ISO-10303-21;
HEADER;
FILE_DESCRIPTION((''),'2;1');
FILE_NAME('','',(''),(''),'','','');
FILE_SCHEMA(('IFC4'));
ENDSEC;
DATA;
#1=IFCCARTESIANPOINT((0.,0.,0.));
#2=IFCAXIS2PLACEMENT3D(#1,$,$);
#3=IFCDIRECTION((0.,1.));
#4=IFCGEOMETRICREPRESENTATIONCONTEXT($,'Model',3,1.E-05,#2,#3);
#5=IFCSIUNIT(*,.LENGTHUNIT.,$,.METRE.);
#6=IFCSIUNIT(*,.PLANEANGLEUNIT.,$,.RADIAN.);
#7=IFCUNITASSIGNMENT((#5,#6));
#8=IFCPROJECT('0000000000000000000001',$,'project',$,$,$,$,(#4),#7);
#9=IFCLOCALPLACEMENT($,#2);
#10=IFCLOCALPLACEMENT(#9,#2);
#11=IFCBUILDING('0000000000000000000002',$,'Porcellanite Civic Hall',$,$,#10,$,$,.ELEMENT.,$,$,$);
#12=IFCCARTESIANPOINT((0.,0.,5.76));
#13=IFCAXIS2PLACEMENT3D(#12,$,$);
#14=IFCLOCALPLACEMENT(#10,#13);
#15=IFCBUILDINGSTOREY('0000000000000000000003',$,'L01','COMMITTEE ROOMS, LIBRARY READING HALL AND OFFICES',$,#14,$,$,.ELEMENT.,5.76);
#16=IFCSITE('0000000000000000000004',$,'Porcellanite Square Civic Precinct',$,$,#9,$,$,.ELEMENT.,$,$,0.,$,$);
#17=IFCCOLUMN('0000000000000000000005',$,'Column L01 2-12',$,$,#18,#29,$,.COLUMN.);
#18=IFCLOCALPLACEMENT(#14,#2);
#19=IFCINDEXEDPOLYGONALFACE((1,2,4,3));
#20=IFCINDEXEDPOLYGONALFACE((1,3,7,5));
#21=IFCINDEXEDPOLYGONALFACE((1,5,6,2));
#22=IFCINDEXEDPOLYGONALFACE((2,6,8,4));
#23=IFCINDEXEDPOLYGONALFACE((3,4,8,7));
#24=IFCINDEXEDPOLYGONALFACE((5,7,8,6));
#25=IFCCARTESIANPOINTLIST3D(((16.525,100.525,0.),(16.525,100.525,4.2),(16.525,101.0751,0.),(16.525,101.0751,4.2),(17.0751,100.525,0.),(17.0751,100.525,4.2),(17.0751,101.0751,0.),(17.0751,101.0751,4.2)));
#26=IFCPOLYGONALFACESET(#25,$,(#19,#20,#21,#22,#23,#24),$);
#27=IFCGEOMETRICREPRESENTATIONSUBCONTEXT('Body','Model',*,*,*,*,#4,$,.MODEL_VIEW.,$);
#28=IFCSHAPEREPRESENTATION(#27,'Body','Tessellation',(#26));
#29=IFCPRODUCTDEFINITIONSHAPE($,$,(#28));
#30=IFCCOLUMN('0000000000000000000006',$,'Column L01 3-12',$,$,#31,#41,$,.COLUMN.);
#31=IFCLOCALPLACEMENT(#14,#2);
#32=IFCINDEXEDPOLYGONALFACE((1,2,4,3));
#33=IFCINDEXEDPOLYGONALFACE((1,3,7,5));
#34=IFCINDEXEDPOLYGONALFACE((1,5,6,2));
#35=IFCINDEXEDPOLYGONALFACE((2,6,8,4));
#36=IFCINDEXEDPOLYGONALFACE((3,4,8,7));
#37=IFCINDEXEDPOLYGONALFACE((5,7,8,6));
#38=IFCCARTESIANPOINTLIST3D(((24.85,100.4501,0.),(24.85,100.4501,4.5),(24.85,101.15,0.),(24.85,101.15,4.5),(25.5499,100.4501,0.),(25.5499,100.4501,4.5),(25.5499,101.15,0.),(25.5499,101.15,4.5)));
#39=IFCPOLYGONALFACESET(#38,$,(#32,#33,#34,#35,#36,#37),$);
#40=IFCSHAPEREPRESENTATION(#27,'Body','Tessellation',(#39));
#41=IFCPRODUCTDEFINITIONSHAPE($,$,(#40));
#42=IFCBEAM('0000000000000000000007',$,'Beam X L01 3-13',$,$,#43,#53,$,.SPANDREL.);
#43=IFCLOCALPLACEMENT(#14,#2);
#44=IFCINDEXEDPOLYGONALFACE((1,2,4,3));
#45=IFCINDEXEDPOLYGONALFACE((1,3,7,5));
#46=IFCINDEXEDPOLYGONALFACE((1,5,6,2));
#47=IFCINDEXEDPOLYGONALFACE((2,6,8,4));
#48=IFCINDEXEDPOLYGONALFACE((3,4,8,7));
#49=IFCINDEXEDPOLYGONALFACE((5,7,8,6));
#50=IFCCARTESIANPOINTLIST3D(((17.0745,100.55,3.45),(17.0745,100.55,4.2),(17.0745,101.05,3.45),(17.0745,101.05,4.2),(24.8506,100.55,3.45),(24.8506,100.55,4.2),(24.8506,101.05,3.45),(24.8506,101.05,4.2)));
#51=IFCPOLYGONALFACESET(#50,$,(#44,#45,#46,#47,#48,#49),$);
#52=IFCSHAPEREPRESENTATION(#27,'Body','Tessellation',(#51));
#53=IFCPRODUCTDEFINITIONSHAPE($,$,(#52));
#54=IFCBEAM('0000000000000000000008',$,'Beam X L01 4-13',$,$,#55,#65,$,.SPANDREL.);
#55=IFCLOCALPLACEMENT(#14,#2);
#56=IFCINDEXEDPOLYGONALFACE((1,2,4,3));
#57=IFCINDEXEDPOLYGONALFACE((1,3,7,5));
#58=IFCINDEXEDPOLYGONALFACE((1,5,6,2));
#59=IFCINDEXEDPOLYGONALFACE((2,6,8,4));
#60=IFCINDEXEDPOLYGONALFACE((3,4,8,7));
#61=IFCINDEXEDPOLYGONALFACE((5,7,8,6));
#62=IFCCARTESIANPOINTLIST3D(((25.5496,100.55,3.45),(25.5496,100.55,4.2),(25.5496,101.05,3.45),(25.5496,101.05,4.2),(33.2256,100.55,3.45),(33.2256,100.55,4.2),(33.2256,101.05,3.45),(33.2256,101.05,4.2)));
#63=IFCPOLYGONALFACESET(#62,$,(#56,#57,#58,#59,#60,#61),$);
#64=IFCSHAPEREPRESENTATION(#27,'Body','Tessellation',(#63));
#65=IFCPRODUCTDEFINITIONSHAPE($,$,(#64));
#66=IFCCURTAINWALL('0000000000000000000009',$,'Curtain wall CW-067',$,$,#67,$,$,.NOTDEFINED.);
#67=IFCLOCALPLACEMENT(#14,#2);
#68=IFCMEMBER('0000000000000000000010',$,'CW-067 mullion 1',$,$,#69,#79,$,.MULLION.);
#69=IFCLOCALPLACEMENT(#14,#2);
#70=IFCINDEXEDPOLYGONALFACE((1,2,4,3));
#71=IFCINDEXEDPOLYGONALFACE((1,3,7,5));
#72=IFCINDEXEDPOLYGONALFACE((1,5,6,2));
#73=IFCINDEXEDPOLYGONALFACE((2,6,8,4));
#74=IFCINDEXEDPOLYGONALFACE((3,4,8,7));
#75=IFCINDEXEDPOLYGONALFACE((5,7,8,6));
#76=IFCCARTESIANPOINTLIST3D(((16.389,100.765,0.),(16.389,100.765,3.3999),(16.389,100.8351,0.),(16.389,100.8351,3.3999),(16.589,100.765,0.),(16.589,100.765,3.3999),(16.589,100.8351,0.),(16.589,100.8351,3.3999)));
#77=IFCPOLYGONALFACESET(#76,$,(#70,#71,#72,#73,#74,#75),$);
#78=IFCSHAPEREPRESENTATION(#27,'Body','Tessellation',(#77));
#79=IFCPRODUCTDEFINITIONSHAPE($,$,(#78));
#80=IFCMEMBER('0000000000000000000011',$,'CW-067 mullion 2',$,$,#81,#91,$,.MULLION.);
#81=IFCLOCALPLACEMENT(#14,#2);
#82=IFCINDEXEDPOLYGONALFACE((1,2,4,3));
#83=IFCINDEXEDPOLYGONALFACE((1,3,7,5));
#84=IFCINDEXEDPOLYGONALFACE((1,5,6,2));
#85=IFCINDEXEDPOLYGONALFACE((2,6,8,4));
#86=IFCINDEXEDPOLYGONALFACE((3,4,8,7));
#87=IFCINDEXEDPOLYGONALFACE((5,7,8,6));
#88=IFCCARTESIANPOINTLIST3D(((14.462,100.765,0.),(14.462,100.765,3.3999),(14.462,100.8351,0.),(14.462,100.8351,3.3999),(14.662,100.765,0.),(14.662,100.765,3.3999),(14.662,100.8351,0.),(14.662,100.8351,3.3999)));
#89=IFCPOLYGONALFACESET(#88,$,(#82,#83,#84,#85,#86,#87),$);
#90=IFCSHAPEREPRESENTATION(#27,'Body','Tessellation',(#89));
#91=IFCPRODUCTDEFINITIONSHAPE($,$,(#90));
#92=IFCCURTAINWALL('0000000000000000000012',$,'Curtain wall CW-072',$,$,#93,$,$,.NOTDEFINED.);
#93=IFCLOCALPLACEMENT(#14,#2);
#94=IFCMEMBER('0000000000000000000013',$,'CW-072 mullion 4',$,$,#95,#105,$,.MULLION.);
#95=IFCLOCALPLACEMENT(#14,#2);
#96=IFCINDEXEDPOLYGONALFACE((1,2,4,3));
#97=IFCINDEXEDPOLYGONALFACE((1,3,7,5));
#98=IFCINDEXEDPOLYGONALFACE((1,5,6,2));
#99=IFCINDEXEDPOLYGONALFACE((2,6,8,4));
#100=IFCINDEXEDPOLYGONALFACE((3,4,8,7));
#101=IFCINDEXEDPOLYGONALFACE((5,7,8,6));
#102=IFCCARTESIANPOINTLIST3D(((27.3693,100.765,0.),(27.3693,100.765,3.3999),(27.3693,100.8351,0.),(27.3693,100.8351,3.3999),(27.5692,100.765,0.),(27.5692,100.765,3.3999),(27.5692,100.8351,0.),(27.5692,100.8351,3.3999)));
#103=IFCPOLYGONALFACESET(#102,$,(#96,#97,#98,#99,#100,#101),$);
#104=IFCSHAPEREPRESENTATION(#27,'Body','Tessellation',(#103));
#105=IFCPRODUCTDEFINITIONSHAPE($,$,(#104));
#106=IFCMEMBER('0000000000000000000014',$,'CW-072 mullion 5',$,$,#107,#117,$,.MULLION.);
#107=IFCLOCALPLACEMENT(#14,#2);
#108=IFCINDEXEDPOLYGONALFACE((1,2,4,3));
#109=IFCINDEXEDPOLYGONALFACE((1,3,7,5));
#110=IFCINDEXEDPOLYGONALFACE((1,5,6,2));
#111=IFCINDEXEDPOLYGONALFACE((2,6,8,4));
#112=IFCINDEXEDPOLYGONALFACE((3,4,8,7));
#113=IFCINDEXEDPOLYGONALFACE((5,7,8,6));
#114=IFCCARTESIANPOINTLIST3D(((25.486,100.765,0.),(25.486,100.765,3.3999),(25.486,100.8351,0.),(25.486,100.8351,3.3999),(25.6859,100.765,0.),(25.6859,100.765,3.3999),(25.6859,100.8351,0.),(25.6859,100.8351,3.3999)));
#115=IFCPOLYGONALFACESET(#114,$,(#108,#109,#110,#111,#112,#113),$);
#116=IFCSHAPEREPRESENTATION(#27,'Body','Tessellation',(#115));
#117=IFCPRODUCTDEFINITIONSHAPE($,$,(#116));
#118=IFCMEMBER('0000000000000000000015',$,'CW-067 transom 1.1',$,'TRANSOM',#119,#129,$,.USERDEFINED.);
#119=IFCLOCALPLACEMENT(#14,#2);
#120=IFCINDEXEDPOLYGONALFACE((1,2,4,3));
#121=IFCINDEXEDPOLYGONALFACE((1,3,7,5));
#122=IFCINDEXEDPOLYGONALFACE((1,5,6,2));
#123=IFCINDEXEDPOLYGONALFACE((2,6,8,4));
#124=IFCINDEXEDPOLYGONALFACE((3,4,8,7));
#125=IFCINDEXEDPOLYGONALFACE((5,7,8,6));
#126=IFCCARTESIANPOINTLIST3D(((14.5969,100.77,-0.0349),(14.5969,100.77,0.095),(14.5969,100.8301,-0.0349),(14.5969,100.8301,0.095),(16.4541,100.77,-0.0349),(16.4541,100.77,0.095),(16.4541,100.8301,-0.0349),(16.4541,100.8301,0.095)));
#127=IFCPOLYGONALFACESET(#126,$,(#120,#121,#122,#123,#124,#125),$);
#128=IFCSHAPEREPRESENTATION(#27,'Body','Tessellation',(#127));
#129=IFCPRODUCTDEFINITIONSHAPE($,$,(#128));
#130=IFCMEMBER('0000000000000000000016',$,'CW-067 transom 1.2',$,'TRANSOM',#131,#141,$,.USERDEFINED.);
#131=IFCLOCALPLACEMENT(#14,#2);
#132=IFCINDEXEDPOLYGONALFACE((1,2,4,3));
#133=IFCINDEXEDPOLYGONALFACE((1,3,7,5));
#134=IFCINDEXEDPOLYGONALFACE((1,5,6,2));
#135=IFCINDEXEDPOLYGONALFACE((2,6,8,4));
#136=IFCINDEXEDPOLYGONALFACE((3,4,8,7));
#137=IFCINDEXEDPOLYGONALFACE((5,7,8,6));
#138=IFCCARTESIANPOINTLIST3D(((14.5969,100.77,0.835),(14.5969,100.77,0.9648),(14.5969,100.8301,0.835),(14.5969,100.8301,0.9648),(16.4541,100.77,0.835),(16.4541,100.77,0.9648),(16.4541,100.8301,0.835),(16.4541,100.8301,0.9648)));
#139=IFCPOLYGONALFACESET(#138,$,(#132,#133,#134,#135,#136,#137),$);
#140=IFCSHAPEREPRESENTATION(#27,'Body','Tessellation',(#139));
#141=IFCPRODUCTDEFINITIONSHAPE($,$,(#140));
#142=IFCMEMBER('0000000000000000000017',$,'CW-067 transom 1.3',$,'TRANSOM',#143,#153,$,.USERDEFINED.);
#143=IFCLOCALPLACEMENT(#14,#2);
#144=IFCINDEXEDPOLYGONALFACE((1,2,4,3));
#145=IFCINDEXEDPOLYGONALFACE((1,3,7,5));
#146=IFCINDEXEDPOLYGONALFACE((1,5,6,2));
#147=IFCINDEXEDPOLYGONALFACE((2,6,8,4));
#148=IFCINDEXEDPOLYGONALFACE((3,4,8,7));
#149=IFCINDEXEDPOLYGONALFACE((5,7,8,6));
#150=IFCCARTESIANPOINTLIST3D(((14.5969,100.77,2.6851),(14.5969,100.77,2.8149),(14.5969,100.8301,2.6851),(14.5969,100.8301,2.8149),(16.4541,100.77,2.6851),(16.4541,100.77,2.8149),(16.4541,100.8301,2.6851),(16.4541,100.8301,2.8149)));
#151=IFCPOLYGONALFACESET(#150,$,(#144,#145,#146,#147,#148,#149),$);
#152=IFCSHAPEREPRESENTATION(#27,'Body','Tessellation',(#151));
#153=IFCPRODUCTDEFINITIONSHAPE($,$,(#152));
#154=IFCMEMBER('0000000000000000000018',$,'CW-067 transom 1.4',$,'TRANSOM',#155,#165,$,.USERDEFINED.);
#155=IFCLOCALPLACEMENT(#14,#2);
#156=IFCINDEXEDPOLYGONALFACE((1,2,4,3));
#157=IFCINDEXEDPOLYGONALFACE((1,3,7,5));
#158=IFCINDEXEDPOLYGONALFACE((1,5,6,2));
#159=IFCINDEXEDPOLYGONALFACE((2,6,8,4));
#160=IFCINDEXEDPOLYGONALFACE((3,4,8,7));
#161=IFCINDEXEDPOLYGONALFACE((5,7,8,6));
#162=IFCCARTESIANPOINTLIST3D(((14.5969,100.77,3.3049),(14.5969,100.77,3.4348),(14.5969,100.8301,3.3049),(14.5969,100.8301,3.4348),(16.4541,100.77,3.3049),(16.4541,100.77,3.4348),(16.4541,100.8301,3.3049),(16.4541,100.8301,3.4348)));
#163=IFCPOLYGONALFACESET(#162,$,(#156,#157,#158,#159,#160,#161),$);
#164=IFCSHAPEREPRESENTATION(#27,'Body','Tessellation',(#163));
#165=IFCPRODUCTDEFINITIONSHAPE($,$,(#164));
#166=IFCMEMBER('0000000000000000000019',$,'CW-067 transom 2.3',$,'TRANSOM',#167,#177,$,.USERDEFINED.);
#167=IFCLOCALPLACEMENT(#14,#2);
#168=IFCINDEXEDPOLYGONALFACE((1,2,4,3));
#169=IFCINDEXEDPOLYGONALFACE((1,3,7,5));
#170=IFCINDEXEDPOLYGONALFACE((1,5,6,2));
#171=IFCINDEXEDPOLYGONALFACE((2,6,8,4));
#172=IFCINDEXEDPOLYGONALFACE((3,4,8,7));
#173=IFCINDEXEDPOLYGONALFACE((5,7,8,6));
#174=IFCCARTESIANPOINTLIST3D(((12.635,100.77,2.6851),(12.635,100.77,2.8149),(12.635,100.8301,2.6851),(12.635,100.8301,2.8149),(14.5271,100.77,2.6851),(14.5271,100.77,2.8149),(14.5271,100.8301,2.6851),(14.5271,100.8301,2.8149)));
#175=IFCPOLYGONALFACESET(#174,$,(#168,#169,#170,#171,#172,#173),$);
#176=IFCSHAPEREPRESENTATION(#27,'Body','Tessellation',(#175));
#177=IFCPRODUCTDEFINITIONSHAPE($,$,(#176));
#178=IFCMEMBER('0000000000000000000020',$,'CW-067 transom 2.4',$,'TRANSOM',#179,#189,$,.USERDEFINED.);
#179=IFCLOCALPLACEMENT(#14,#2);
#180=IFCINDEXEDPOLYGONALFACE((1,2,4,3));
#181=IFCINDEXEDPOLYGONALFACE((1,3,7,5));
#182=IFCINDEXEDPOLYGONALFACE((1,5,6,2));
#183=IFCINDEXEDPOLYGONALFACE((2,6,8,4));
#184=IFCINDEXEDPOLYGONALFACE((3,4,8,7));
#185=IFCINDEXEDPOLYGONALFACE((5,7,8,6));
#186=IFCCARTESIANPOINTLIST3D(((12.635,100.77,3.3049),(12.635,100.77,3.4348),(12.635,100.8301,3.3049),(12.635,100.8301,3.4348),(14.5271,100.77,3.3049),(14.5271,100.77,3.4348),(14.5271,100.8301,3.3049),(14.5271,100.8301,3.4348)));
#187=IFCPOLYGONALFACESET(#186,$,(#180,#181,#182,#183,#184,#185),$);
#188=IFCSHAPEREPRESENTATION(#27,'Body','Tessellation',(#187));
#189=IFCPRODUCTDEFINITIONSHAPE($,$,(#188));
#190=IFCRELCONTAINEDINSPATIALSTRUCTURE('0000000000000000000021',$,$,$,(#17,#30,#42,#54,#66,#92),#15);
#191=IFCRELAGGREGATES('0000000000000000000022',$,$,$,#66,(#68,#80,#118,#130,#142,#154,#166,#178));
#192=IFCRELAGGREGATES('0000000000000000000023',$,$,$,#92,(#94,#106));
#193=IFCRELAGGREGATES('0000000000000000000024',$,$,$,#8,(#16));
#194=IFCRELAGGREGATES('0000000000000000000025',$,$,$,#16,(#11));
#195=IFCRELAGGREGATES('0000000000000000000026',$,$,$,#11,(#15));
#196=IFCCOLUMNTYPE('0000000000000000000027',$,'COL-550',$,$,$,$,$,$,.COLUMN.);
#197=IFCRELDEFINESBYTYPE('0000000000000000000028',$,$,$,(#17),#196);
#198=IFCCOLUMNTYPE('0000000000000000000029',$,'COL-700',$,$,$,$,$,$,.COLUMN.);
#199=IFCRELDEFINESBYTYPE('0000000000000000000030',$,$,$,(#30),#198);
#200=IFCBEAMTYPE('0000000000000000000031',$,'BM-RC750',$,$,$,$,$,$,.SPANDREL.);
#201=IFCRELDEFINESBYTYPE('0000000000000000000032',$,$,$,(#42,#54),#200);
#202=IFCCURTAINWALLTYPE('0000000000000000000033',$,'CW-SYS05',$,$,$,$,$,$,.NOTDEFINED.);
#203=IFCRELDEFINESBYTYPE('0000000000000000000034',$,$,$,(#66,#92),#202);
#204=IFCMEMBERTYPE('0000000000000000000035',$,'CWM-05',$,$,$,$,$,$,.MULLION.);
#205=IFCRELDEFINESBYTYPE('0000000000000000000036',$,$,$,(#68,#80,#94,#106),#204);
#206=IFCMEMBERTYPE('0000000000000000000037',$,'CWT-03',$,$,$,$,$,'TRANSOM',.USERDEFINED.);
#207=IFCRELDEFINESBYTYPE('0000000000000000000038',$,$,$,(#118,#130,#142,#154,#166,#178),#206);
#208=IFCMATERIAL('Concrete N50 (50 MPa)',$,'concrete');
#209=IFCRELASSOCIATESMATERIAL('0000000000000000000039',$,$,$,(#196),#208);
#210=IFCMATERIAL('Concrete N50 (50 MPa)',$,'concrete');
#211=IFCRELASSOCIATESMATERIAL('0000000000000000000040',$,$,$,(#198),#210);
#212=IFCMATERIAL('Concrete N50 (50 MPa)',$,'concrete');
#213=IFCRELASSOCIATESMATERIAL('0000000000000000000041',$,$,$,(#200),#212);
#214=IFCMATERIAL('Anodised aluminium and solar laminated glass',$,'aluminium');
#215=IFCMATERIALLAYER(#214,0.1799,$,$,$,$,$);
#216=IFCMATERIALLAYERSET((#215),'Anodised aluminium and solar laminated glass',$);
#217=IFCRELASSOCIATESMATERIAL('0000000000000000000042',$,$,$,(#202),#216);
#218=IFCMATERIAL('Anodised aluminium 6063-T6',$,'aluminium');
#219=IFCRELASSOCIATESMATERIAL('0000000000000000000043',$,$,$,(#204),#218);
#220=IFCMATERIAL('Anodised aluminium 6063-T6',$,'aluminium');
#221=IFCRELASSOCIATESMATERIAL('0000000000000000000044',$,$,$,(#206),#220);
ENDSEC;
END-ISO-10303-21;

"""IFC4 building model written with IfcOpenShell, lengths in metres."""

from ifc_helpers import new_model, si_unit, direction, frame, origin, origin_2d, place, context, subcontext, project, spatial, rectangle, extrude, material, layer, layer_set, material_profile, profile_set, type_object, element, aggregate, save


model = new_model("IFC4")

# Units and contexts
model_context = context("Model", 3, precision=1e-05, world=origin(), true_north=direction((0.0, 1.0)))
body_context = subcontext(model_context, "Body", "Model", "MODEL_VIEW")
ifc_project = project(units=[si_unit("LENGTHUNIT", "METRE"), si_unit("PLANEANGLEUNIT", "RADIAN")], contexts=[model_context])

# Site, building, storey
site_placement = place(None, origin())
site = spatial("IfcSite", under=ifc_project, at=site_placement, Name="Porcellanite Square Civic Precinct", CompositionType="ELEMENT", RefElevation=0.0)
building_placement = place(site_placement, origin())
building = spatial("IfcBuilding", under=site, at=building_placement, Name="Porcellanite Civic Hall", CompositionType="ELEMENT")
storey_placement = place(building_placement, frame((0.0, 0.0, 5.76)))
storey = spatial("IfcBuildingStorey", under=building, at=storey_placement, Name="L01", Description="COMMITTEE ROOMS, LIBRARY READING HALL AND OFFICES", CompositionType="ELEMENT", Elevation=5.76)

# Columns
ifc_material_1 = material(Name="Concrete N50 (50 MPa)", Category="concrete")
ifc_material_profile_1 = material_profile(ifc_material_1, rectangle(XDim=0.55, YDim=0.55, at=origin_2d()), Name="RC-550x550")
ifc_profile_set_1 = profile_set([ifc_material_profile_1], Name="Concrete N50 (50 MPa)")
column_type_1 = type_object("IfcColumnType", Name="COL-550", PredefinedType="COLUMN", material=ifc_profile_set_1)
column_1_placement = place(storey_placement, frame((16.8, 100.8, 0.0), z_axis=(0.0, 0.0, 1.0), x_axis=(1.0, 0.0, 0.0)))
element("IfcColumn", 1, at=column_1_placement, inside=storey, type_object=column_type_1, Name="Column L01 2-12", PredefinedType="COLUMN", context=body_context, shape_type="SweptSolid", body=[
    extrude(rectangle(XDim=0.55, YDim=0.55, at=origin_2d()), origin(), (0.0, 0.0, 1.0), 4.2),
])
ifc_material_2 = material(Name="Concrete N50 (50 MPa)", Category="concrete")
ifc_material_profile_2 = material_profile(ifc_material_2, rectangle(XDim=0.7, YDim=0.7, at=origin_2d()), Name="RC-700x700")
ifc_profile_set_2 = profile_set([ifc_material_profile_2], Name="Concrete N50 (50 MPa)")
column_type_2 = type_object("IfcColumnType", Name="COL-700", PredefinedType="COLUMN", material=ifc_profile_set_2)
column_2_placement = place(storey_placement, frame((25.2, 100.8, 0.0), z_axis=(0.0, 0.0, 1.0), x_axis=(1.0, 0.0, 0.0)))
element("IfcColumn", 2, at=column_2_placement, inside=storey, type_object=column_type_2, Name="Column L01 3-12", PredefinedType="COLUMN", context=body_context, shape_type="SweptSolid", body=[
    extrude(rectangle(XDim=0.7, YDim=0.7, at=origin_2d()), origin(), (0.0, 0.0, 1.0), 4.5),
])

# Beams
ifc_material_3 = material(Name="Concrete N50 (50 MPa)", Category="concrete")
ifc_material_profile_3 = material_profile(ifc_material_3, rectangle(XDim=0.5, YDim=0.75, at=origin_2d()), Name="RC-500x750")
ifc_profile_set_3 = profile_set([ifc_material_profile_3], Name="Concrete N50 (50 MPa)")
beam_type = type_object("IfcBeamType", Name="BM-RC750", PredefinedType="SPANDREL", material=ifc_profile_set_3)
beam_1_placement = place(storey_placement, frame((17.0745, 100.8, 3.825), z_axis=(1.0, 0.0, 0.0), x_axis=(0.0, 1.0, 0.0)))
element("IfcBeam", 3, at=beam_1_placement, inside=storey, type_object=beam_type, Name="Beam X L01 3-13", PredefinedType="SPANDREL", context=body_context, shape_type="SweptSolid", body=[
    extrude(rectangle(XDim=0.5, YDim=0.75, at=origin_2d()), origin(), (0.0, 0.0, 1.0), 7.7761),
])
beam_2_placement = place(storey_placement, frame((25.5496, 100.8, 3.825), z_axis=(1.0, 0.0, 0.0), x_axis=(0.0, 1.0, 0.0)))
element("IfcBeam", 4, at=beam_2_placement, inside=storey, type_object=beam_type, Name="Beam X L01 4-13", PredefinedType="SPANDREL", context=body_context, shape_type="SweptSolid", body=[
    extrude(rectangle(XDim=0.5, YDim=0.75, at=origin_2d()), origin(), (0.0, 0.0, 1.0), 7.676),
])

# Curtain walls, members
ifc_material_4 = material(Name="Anodised aluminium and solar laminated glass", Category="aluminium")
ifc_layer_1 = layer(ifc_material_4, 0.1799)
ifc_layer_set_1 = layer_set([ifc_layer_1], Name="Anodised aluminium and solar laminated glass")
curtain_wall_type = type_object("IfcCurtainWallType", Name="CW-SYS05", PredefinedType="NOTDEFINED", material=ifc_layer_set_1)
curtain_wall_1_placement = place(storey_placement, origin())
curtain_wall_1 = element("IfcCurtainWall", 5, at=curtain_wall_1_placement, inside=storey, type_object=curtain_wall_type, Name="Curtain wall CW-067", PredefinedType="NOTDEFINED")
ifc_material_5 = material(Name="Anodised aluminium 6063-T6", Category="aluminium")
ifc_material_profile_4 = material_profile(ifc_material_5, rectangle(XDim=0.0701, YDim=0.2, at=origin_2d()), Name="AL-70x200")
ifc_profile_set_4 = profile_set([ifc_material_profile_4], Name="Anodised aluminium 6063-T6")
member_type_1 = type_object("IfcMemberType", Name="CWM-05", PredefinedType="MULLION", material=ifc_profile_set_4)
member_1_placement = place(storey_placement, frame((16.489, 100.8, 0.0), z_axis=(0.0, 0.0, 1.0), x_axis=(0.0, -1.0, 0.0)))
member_1 = element("IfcMember", 6, at=member_1_placement, type_object=member_type_1, Name="CW-067 mullion 1", PredefinedType="MULLION", context=body_context, shape_type="SweptSolid", body=[
    extrude(rectangle(XDim=0.0701, YDim=0.2, at=origin_2d()), origin(), (0.0, 0.0, 1.0), 3.3999),
])
member_2_placement = place(storey_placement, frame((14.562, 100.8, 0.0), z_axis=(0.0, 0.0, 1.0), x_axis=(0.0, -1.0, 0.0)))
member_2 = element("IfcMember", 7, at=member_2_placement, type_object=member_type_1, Name="CW-067 mullion 2", PredefinedType="MULLION", context=body_context, shape_type="SweptSolid", body=[
    extrude(rectangle(XDim=0.0701, YDim=0.2, at=origin_2d()), origin(), (0.0, 0.0, 1.0), 3.3999),
])
curtain_wall_2_placement = place(storey_placement, origin())
curtain_wall_2 = element("IfcCurtainWall", 8, at=curtain_wall_2_placement, inside=storey, type_object=curtain_wall_type, Name="Curtain wall CW-072", PredefinedType="NOTDEFINED")
member_3_placement = place(storey_placement, frame((27.4692, 100.8, 0.0), z_axis=(0.0, 0.0, 1.0), x_axis=(0.0, -1.0, 0.0)))
member_3 = element("IfcMember", 9, at=member_3_placement, type_object=member_type_1, Name="CW-072 mullion 4", PredefinedType="MULLION", context=body_context, shape_type="SweptSolid", body=[
    extrude(rectangle(XDim=0.0701, YDim=0.2, at=origin_2d()), origin(), (0.0, 0.0, 1.0), 3.3999),
])
member_4_placement = place(storey_placement, frame((25.5859, 100.8, 0.0), z_axis=(0.0, 0.0, 1.0), x_axis=(0.0, -1.0, 0.0)))
member_4 = element("IfcMember", 10, at=member_4_placement, type_object=member_type_1, Name="CW-072 mullion 5", PredefinedType="MULLION", context=body_context, shape_type="SweptSolid", body=[
    extrude(rectangle(XDim=0.0701, YDim=0.2, at=origin_2d()), origin(), (0.0, 0.0, 1.0), 3.3999),
])

# Members
ifc_material_6 = material(Name="Anodised aluminium 6063-T6", Category="aluminium")
ifc_material_profile_5 = material_profile(ifc_material_6, rectangle(XDim=0.0601, YDim=0.1299, at=origin_2d()), Name="AL-60x130")
ifc_profile_set_5 = profile_set([ifc_material_profile_5], Name="Anodised aluminium 6063-T6")
member_type_2 = type_object("IfcMemberType", Name="CWT-03", ElementType="TRANSOM", PredefinedType="USERDEFINED", material=ifc_profile_set_5)
member_5_placement = place(storey_placement, frame((16.4541, 100.8, 0.03), z_axis=(-1.0, 0.0, 0.0), x_axis=(0.0, -1.0, 0.0)))
member_5 = element("IfcMember", 11, at=member_5_placement, type_object=member_type_2, Name="CW-067 transom 1.1", ObjectType="TRANSOM", PredefinedType="USERDEFINED", context=body_context, shape_type="SweptSolid", body=[
    extrude(rectangle(XDim=0.0601, YDim=0.1299, at=origin_2d()), origin(), (0.0, 0.0, 1.0), 1.8572),
])
member_6_placement = place(storey_placement, frame((16.4541, 100.8, 0.8999), z_axis=(-1.0, 0.0, 0.0), x_axis=(0.0, -1.0, 0.0)))
member_6 = element("IfcMember", 12, at=member_6_placement, type_object=member_type_2, Name="CW-067 transom 1.2", ObjectType="TRANSOM", PredefinedType="USERDEFINED", context=body_context, shape_type="SweptSolid", body=[
    extrude(rectangle(XDim=0.0601, YDim=0.1299, at=origin_2d()), origin(), (0.0, 0.0, 1.0), 1.8572),
])
member_7_placement = place(storey_placement, frame((16.4541, 100.8, 2.75), z_axis=(-1.0, 0.0, 0.0), x_axis=(0.0, -1.0, 0.0)))
member_7 = element("IfcMember", 13, at=member_7_placement, type_object=member_type_2, Name="CW-067 transom 1.3", ObjectType="TRANSOM", PredefinedType="USERDEFINED", context=body_context, shape_type="SweptSolid", body=[
    extrude(rectangle(XDim=0.0601, YDim=0.1299, at=origin_2d()), origin(), (0.0, 0.0, 1.0), 1.8572),
])
member_8_placement = place(storey_placement, frame((16.4541, 100.8, 3.3699), z_axis=(-1.0, 0.0, 0.0), x_axis=(0.0, -1.0, 0.0)))
member_8 = element("IfcMember", 14, at=member_8_placement, type_object=member_type_2, Name="CW-067 transom 1.4", ObjectType="TRANSOM", PredefinedType="USERDEFINED", context=body_context, shape_type="SweptSolid", body=[
    extrude(rectangle(XDim=0.0601, YDim=0.1299, at=origin_2d()), origin(), (0.0, 0.0, 1.0), 1.8572),
])
member_9_placement = place(storey_placement, frame((14.5271, 100.8, 2.75), z_axis=(-1.0, 0.0, 0.0), x_axis=(0.0, -1.0, 0.0)))
member_9 = element("IfcMember", 15, at=member_9_placement, type_object=member_type_2, Name="CW-067 transom 2.3", ObjectType="TRANSOM", PredefinedType="USERDEFINED", context=body_context, shape_type="SweptSolid", body=[
    extrude(rectangle(XDim=0.0601, YDim=0.1299, at=origin_2d()), origin(), (0.0, 0.0, 1.0), 1.8921),
])
member_10_placement = place(storey_placement, frame((14.5271, 100.8, 3.3699), z_axis=(-1.0, 0.0, 0.0), x_axis=(0.0, -1.0, 0.0)))
member_10 = element("IfcMember", 16, at=member_10_placement, type_object=member_type_2, Name="CW-067 transom 2.4", ObjectType="TRANSOM", PredefinedType="USERDEFINED", context=body_context, shape_type="SweptSolid", body=[
    extrude(rectangle(XDim=0.0601, YDim=0.1299, at=origin_2d()), origin(), (0.0, 0.0, 1.0), 1.8921),
])

aggregate(curtain_wall_1, [member_1, member_2, member_5, member_6, member_7, member_8, member_9, member_10])
aggregate(curtain_wall_2, [member_3, member_4])

save(model, "model.ifc")
